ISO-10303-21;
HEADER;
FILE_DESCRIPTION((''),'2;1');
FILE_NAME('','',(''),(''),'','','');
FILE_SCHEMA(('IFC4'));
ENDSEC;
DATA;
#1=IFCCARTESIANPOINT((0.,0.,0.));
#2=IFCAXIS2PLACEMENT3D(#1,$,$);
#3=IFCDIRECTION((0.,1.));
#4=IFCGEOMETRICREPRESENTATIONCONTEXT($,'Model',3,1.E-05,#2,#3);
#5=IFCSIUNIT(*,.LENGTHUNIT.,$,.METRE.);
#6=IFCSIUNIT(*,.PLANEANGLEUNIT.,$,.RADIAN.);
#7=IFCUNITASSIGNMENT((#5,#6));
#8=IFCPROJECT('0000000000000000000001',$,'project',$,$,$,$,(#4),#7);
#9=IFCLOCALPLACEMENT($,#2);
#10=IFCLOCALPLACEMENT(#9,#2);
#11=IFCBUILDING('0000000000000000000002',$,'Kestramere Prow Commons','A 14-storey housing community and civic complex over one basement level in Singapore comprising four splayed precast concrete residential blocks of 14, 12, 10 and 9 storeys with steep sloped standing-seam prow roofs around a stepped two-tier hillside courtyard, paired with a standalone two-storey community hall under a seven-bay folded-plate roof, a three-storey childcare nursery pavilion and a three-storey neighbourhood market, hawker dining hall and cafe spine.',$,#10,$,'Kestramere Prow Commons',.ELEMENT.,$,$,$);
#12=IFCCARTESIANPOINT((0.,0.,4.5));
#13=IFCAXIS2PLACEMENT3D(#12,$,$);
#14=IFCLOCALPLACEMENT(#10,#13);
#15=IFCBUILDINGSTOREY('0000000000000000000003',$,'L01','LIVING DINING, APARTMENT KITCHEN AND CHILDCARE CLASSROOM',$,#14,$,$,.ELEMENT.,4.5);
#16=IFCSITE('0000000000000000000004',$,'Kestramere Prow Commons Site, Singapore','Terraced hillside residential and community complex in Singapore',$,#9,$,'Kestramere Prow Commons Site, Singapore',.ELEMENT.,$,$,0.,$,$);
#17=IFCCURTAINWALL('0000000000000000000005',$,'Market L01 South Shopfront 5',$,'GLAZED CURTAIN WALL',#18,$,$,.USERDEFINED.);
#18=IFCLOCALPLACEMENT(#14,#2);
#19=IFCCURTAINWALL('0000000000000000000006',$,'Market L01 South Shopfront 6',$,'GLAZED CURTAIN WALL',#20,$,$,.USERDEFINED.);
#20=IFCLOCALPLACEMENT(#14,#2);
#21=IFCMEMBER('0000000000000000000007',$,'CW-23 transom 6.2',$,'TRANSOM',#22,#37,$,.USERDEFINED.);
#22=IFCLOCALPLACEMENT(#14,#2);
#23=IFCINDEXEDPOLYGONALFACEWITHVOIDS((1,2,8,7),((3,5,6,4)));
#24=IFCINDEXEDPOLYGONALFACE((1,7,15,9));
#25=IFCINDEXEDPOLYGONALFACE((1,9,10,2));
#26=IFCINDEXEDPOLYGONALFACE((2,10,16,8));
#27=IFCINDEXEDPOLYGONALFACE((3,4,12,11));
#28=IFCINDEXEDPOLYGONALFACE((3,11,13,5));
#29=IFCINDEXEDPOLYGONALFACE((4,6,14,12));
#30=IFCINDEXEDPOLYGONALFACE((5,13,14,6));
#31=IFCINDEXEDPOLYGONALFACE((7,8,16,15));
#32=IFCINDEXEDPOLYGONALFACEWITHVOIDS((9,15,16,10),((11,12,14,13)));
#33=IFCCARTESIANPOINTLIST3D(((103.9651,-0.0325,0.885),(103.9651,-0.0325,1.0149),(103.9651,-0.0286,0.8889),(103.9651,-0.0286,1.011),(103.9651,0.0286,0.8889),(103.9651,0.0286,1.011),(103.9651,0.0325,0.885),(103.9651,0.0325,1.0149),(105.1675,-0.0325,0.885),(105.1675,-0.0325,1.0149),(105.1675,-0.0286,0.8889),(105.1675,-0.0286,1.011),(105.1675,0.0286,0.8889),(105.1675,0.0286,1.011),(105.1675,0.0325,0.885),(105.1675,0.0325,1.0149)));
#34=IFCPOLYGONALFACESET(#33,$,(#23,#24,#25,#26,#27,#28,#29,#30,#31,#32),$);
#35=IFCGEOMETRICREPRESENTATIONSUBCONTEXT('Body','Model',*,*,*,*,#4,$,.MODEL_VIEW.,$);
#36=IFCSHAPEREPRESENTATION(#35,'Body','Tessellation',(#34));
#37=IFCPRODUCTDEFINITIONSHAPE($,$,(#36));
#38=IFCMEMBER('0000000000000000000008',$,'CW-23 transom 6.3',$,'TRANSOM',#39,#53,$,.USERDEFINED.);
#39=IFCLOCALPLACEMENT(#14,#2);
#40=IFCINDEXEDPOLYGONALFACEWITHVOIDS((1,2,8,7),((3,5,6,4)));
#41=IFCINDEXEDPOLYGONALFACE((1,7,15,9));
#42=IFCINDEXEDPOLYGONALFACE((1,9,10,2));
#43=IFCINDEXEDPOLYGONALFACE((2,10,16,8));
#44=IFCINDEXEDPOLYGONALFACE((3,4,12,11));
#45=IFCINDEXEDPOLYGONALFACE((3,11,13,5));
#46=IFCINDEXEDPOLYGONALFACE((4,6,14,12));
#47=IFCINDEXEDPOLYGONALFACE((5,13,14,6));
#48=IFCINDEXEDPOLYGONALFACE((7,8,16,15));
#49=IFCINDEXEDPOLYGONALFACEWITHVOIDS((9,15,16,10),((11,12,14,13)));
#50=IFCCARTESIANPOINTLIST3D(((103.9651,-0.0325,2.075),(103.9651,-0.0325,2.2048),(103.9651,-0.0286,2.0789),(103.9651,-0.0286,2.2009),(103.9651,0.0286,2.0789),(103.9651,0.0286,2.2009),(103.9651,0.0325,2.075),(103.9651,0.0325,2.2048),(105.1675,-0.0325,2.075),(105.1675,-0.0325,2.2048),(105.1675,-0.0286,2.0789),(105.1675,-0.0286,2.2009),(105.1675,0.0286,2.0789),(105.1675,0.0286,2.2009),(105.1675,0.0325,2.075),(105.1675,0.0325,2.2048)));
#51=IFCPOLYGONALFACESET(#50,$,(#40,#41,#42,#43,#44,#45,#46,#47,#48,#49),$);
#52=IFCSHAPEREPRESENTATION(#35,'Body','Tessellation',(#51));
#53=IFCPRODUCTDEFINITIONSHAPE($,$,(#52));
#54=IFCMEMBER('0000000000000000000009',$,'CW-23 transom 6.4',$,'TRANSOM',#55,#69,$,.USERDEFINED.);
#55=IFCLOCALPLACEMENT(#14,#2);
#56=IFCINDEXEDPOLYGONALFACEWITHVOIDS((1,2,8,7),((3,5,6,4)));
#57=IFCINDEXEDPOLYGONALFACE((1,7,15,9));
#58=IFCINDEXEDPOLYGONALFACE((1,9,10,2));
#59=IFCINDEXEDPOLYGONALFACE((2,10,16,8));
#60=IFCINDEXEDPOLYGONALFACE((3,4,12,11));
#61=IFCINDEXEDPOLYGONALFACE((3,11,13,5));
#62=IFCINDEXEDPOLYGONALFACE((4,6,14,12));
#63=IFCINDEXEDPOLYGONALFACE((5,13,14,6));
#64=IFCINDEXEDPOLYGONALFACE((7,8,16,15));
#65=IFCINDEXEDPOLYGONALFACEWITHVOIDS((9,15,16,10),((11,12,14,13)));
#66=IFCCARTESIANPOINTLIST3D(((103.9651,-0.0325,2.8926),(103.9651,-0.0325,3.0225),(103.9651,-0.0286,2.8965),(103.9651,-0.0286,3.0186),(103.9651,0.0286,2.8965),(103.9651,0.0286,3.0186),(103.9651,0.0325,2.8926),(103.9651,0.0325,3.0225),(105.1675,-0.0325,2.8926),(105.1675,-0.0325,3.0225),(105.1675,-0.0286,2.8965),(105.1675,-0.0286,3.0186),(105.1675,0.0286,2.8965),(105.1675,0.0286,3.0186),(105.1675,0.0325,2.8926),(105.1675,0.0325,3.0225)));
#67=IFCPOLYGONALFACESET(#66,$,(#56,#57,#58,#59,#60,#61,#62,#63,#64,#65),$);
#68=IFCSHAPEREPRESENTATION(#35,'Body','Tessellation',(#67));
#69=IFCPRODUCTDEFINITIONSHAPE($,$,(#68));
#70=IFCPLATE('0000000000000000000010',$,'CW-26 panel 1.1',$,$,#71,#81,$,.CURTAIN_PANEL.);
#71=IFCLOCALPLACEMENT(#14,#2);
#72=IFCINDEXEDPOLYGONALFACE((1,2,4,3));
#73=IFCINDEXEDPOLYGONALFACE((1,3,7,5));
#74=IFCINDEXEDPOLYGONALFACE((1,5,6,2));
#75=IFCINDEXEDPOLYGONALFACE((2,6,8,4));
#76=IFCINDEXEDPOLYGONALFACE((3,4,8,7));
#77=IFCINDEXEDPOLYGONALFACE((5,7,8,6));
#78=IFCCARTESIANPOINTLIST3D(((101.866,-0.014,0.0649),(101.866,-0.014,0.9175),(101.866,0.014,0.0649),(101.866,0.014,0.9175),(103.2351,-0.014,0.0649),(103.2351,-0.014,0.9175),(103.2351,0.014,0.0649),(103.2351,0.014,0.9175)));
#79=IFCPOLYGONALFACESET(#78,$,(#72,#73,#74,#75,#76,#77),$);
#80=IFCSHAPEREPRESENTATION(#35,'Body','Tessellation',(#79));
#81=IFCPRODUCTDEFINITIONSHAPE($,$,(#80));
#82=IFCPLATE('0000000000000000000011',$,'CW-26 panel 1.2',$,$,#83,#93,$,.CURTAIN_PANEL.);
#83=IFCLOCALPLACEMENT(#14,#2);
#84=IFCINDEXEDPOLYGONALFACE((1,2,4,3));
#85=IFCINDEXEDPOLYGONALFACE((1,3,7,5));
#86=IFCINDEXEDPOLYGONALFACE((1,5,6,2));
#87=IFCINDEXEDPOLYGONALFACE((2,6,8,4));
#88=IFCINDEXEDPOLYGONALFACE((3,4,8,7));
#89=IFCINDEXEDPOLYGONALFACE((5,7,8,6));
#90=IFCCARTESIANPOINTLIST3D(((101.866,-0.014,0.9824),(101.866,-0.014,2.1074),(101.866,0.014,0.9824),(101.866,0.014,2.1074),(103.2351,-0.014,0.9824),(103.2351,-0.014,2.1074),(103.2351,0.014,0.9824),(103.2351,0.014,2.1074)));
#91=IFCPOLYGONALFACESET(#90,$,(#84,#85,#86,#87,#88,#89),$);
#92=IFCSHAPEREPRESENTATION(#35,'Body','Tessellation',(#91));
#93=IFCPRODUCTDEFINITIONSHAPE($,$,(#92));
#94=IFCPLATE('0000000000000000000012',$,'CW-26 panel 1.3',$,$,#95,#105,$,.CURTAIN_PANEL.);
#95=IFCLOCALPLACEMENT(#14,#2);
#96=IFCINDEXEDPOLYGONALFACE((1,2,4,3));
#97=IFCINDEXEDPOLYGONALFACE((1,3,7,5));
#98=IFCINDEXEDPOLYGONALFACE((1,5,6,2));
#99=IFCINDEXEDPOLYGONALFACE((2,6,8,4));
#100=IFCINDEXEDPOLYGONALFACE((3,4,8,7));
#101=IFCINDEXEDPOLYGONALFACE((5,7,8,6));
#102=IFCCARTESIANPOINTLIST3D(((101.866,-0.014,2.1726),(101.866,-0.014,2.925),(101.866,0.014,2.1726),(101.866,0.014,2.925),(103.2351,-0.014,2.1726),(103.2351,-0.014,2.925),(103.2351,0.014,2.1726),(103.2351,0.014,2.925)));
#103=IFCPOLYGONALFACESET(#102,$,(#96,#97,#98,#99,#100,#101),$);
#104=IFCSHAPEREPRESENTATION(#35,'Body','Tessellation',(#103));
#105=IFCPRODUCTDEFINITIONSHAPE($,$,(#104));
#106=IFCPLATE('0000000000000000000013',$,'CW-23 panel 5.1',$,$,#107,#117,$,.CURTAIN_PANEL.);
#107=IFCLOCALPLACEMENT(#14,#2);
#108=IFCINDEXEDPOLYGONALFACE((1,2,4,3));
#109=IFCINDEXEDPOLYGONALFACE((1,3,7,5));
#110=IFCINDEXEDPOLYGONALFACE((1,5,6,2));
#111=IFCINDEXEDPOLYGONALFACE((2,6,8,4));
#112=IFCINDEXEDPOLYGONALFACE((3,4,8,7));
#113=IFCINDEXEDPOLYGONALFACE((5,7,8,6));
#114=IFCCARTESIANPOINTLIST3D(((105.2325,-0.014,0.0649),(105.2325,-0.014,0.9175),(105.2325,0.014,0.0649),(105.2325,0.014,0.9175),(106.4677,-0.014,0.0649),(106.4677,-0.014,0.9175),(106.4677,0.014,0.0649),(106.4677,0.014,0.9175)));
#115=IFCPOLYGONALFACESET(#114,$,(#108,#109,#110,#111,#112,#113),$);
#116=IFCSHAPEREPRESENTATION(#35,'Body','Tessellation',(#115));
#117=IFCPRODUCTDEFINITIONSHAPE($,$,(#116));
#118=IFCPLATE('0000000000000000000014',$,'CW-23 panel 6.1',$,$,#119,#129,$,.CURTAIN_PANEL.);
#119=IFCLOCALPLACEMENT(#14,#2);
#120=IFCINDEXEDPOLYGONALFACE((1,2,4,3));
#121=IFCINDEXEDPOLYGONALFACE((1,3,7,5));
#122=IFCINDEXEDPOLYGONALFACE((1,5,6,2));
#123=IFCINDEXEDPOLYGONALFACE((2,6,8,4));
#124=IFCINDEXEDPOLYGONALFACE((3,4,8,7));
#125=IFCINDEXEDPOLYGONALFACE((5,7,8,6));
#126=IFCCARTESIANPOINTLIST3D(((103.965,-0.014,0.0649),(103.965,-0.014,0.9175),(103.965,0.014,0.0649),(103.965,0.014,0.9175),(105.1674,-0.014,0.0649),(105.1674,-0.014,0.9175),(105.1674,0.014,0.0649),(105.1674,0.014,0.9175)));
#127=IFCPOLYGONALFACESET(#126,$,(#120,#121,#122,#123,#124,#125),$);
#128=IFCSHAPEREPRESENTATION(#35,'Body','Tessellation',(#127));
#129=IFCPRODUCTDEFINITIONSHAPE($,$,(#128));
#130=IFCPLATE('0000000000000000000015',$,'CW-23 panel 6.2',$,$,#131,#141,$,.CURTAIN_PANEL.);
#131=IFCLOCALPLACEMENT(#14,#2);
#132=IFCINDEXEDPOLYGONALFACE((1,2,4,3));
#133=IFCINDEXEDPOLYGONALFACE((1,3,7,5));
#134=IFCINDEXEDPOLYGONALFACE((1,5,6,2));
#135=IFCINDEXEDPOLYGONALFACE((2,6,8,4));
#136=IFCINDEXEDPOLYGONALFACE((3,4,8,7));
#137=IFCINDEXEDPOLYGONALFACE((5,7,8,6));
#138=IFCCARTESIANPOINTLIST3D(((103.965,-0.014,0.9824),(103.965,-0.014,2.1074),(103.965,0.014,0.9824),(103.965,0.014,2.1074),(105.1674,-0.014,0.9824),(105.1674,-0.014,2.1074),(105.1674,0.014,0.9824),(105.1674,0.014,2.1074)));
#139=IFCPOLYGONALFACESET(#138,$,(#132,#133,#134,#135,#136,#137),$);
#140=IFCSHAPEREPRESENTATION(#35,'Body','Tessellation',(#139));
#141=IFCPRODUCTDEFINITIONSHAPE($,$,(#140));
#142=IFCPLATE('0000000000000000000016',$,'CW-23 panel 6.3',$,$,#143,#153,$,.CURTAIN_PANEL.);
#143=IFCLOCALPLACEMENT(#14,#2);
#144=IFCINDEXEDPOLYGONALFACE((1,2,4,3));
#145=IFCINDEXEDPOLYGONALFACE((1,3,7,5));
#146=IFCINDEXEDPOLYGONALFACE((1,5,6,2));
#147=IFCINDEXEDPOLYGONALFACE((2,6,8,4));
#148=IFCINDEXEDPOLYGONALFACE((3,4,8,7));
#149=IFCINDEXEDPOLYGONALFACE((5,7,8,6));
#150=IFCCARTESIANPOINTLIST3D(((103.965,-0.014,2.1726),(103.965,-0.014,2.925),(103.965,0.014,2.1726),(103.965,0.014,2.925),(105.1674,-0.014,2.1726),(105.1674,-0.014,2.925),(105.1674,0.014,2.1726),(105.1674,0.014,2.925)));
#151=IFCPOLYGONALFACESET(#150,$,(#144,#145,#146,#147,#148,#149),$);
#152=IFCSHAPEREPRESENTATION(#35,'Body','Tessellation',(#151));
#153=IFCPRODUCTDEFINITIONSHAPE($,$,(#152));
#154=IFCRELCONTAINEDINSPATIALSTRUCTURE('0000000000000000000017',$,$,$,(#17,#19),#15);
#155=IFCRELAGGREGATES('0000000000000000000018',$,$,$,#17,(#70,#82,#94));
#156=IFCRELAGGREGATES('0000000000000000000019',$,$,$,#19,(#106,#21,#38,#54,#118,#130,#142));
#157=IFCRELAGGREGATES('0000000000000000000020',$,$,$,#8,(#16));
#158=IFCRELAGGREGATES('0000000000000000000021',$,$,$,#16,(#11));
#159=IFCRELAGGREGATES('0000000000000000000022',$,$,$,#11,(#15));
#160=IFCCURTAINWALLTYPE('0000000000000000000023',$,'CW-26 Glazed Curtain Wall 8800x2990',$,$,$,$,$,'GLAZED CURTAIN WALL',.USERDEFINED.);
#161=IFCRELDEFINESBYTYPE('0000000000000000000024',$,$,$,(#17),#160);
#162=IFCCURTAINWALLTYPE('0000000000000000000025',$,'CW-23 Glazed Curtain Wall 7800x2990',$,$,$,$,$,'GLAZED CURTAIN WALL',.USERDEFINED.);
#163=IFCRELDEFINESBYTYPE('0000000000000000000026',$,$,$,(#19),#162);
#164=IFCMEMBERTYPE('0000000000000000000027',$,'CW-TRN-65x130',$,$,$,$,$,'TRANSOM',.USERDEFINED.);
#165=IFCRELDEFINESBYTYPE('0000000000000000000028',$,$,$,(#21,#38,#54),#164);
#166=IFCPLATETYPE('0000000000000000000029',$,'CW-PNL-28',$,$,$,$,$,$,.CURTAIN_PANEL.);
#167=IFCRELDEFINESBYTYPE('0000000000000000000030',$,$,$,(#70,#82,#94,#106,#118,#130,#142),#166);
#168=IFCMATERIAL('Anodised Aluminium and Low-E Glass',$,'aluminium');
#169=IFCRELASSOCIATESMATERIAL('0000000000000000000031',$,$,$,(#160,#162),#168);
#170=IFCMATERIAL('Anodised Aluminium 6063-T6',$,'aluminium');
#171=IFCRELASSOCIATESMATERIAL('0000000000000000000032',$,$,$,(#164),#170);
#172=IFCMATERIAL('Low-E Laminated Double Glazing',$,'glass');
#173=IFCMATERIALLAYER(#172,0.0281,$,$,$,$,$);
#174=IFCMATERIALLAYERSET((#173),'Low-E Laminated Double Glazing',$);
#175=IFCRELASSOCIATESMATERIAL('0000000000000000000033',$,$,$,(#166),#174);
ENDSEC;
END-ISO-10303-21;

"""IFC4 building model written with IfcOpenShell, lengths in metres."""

from ifc_helpers import new_model, si_unit, direction, frame, origin, origin_2d, place, context, subcontext, project, spatial, rectangle, hollow_rectangle, extrude, material, layer, layer_set, material_profile, profile_set, type_object, element, aggregate, save


model = new_model("IFC4")

# Units and contexts
model_context = context("Model", 3, precision=1e-05, world=origin(), true_north=direction((0.0, 1.0)))
body_context = subcontext(model_context, "Body", "Model", "MODEL_VIEW")
ifc_project = project(units=[si_unit("LENGTHUNIT", "METRE"), si_unit("PLANEANGLEUNIT", "RADIAN")], contexts=[model_context])

# Site, building, storey
site_placement = place(None, origin())
site = spatial("IfcSite", under=ifc_project, at=site_placement, Name="Kestramere Prow Commons Site, Singapore", Description="Terraced hillside residential and community complex in Singapore", LongName="Kestramere Prow Commons Site, Singapore", CompositionType="ELEMENT", RefElevation=0.0)
building_placement = place(site_placement, origin())
building = spatial("IfcBuilding", under=site, at=building_placement, Name="Kestramere Prow Commons", Description="A 14-storey housing community and civic complex over one basement level in Singapore comprising four splayed precast concrete residential blocks of 14, 12, 10 and 9 storeys with steep sloped standing-seam prow roofs around a stepped two-tier hillside courtyard, paired with a standalone two-storey community hall under a seven-bay folded-plate roof, a three-storey childcare nursery pavilion and a three-storey neighbourhood market, hawker dining hall and cafe spine.", LongName="Kestramere Prow Commons", CompositionType="ELEMENT")
storey_placement = place(building_placement, frame((0.0, 0.0, 4.5)))
storey = spatial("IfcBuildingStorey", under=building, at=storey_placement, Name="L01", Description="LIVING DINING, APARTMENT KITCHEN AND CHILDCARE CLASSROOM", CompositionType="ELEMENT", Elevation=4.5)

# Curtain walls
ifc_material_1 = material(Name="Anodised Aluminium and Low-E Glass", Category="aluminium")
curtain_wall_type_1 = type_object("IfcCurtainWallType", Name="CW-26 Glazed Curtain Wall 8800x2990", ElementType="GLAZED CURTAIN WALL", PredefinedType="USERDEFINED", material=ifc_material_1)
curtain_wall_1_placement = place(storey_placement, origin())
curtain_wall_1 = element("IfcCurtainWall", 1, at=curtain_wall_1_placement, inside=storey, type_object=curtain_wall_type_1, Name="Market L01 South Shopfront 5", ObjectType="GLAZED CURTAIN WALL", PredefinedType="USERDEFINED")
ifc_material_2 = material(Name="Anodised Aluminium 6063-T6", Category="aluminium")
curtain_wall_type_2 = type_object("IfcCurtainWallType", Name="CW-23 Glazed Curtain Wall 7800x2990", ElementType="GLAZED CURTAIN WALL", PredefinedType="USERDEFINED", material=ifc_material_1)
curtain_wall_2_placement = place(storey_placement, origin())
curtain_wall_2 = element("IfcCurtainWall", 2, at=curtain_wall_2_placement, inside=storey, type_object=curtain_wall_type_2, Name="Market L01 South Shopfront 6", ObjectType="GLAZED CURTAIN WALL", PredefinedType="USERDEFINED")

# Members
ifc_material_profile_1 = material_profile(ifc_material_2, hollow_rectangle(XDim=0.0649, YDim=0.1299, WallThickness=0.0039, at=origin_2d()), Name="ALU-TRN 65x130")
ifc_profile_set_1 = profile_set([ifc_material_profile_1], Name="Anodised Aluminium 6063-T6")
member_type_1 = type_object("IfcMemberType", Name="CW-TRN-65x130", ElementType="TRANSOM", PredefinedType="USERDEFINED", material=ifc_profile_set_1)
member_1_placement = place(storey_placement, frame((105.1675, 0.0, 0.95), z_axis=(-1.0, 0.0, 0.0), x_axis=(0.0, -1.0, 0.0)))
member_1 = element("IfcMember", 3, at=member_1_placement, type_object=member_type_1, Name="CW-23 transom 6.2", ObjectType="TRANSOM", PredefinedType="USERDEFINED", context=body_context, shape_type="SweptSolid", body=[
    extrude(hollow_rectangle(XDim=0.0649, YDim=0.1299, WallThickness=0.0039, at=origin_2d()), origin(), (0.0, 0.0, 1.0), 1.2024),
])
member_2_placement = place(storey_placement, frame((105.1675, 0.0, 2.1399), z_axis=(-1.0, 0.0, 0.0), x_axis=(0.0, -1.0, 0.0)))
member_2 = element("IfcMember", 4, at=member_2_placement, type_object=member_type_1, Name="CW-23 transom 6.3", ObjectType="TRANSOM", PredefinedType="USERDEFINED", context=body_context, shape_type="SweptSolid", body=[
    extrude(hollow_rectangle(XDim=0.0649, YDim=0.1299, WallThickness=0.0039, at=origin_2d()), origin(), (0.0, 0.0, 1.0), 1.2024),
])
member_3_placement = place(storey_placement, frame((105.1675, 0.0, 2.9575), z_axis=(-1.0, 0.0, 0.0), x_axis=(0.0, -1.0, 0.0)))
member_3 = element("IfcMember", 5, at=member_3_placement, type_object=member_type_1, Name="CW-23 transom 6.4", ObjectType="TRANSOM", PredefinedType="USERDEFINED", context=body_context, shape_type="SweptSolid", body=[
    extrude(hollow_rectangle(XDim=0.0649, YDim=0.1299, WallThickness=0.0039, at=origin_2d()), origin(), (0.0, 0.0, 1.0), 1.2024),
])

# Plates
ifc_material_3 = material(Name="Low-E Laminated Double Glazing", Category="glass")
ifc_layer = layer(ifc_material_3, 0.0281)
ifc_layer_set = layer_set([ifc_layer], Name="Low-E Laminated Double Glazing")
plate_type = type_object("IfcPlateType", Name="CW-PNL-28", PredefinedType="CURTAIN_PANEL", material=ifc_layer_set)
plate_1_placement = place(storey_placement, frame((102.5505, 0.0, 0.0649), z_axis=(0.0, 0.0, 1.0), x_axis=(-1.0, 0.0, 0.0)))
plate_1 = element("IfcPlate", 6, at=plate_1_placement, type_object=plate_type, Name="CW-26 panel 1.1", PredefinedType="CURTAIN_PANEL", context=body_context, shape_type="SweptSolid", body=[
    extrude(rectangle(XDim=1.3691, YDim=0.0281, at=origin_2d()), origin(), (0.0, 0.0, 1.0), 0.8525),
])
plate_2_placement = place(storey_placement, frame((102.5505, 0.0, 0.9824), z_axis=(0.0, 0.0, 1.0), x_axis=(-1.0, 0.0, 0.0)))
plate_2 = element("IfcPlate", 7, at=plate_2_placement, type_object=plate_type, Name="CW-26 panel 1.2", PredefinedType="CURTAIN_PANEL", context=body_context, shape_type="SweptSolid", body=[
    extrude(rectangle(XDim=1.3691, YDim=0.0281, at=origin_2d()), origin(), (0.0, 0.0, 1.0), 1.125),
])
plate_3_placement = place(storey_placement, frame((102.5505, 0.0, 2.1726), z_axis=(0.0, 0.0, 1.0), x_axis=(-1.0, 0.0, 0.0)))
plate_3 = element("IfcPlate", 8, at=plate_3_placement, type_object=plate_type, Name="CW-26 panel 1.3", PredefinedType="CURTAIN_PANEL", context=body_context, shape_type="SweptSolid", body=[
    extrude(rectangle(XDim=1.3691, YDim=0.0281, at=origin_2d()), origin(), (0.0, 0.0, 1.0), 0.7524),
])
aggregate(curtain_wall_1, [plate_1, plate_2, plate_3])
plate_4_placement = place(storey_placement, frame((105.8501, 0.0, 0.0649), z_axis=(0.0, 0.0, 1.0), x_axis=(-1.0, 0.0, 0.0)))
plate_4 = element("IfcPlate", 9, at=plate_4_placement, type_object=plate_type, Name="CW-23 panel 5.1", PredefinedType="CURTAIN_PANEL", context=body_context, shape_type="SweptSolid", body=[
    extrude(rectangle(XDim=1.2351, YDim=0.0281, at=origin_2d()), origin(), (0.0, 0.0, 1.0), 0.8525),
])
plate_5_placement = place(storey_placement, frame((104.5662, 0.0, 0.0649), z_axis=(0.0, 0.0, 1.0), x_axis=(-1.0, 0.0, 0.0)))
plate_5 = element("IfcPlate", 10, at=plate_5_placement, type_object=plate_type, Name="CW-23 panel 6.1", PredefinedType="CURTAIN_PANEL", context=body_context, shape_type="SweptSolid", body=[
    extrude(rectangle(XDim=1.2024, YDim=0.0281, at=origin_2d()), origin(), (0.0, 0.0, 1.0), 0.8525),
])
plate_6_placement = place(storey_placement, frame((104.5662, 0.0, 0.9824), z_axis=(0.0, 0.0, 1.0), x_axis=(-1.0, 0.0, 0.0)))
plate_6 = element("IfcPlate", 11, at=plate_6_placement, type_object=plate_type, Name="CW-23 panel 6.2", PredefinedType="CURTAIN_PANEL", context=body_context, shape_type="SweptSolid", body=[
    extrude(rectangle(XDim=1.2024, YDim=0.0281, at=origin_2d()), origin(), (0.0, 0.0, 1.0), 1.125),
])
plate_7_placement = place(storey_placement, frame((104.5662, 0.0, 2.1726), z_axis=(0.0, 0.0, 1.0), x_axis=(-1.0, 0.0, 0.0)))
plate_7 = element("IfcPlate", 12, at=plate_7_placement, type_object=plate_type, Name="CW-23 panel 6.3", PredefinedType="CURTAIN_PANEL", context=body_context, shape_type="SweptSolid", body=[
    extrude(rectangle(XDim=1.2024, YDim=0.0281, at=origin_2d()), origin(), (0.0, 0.0, 1.0), 0.7524),
])
aggregate(curtain_wall_2, [plate_4, member_1, member_2, member_3, plate_5, plate_6, plate_7])

save(model, "model.ifc")
